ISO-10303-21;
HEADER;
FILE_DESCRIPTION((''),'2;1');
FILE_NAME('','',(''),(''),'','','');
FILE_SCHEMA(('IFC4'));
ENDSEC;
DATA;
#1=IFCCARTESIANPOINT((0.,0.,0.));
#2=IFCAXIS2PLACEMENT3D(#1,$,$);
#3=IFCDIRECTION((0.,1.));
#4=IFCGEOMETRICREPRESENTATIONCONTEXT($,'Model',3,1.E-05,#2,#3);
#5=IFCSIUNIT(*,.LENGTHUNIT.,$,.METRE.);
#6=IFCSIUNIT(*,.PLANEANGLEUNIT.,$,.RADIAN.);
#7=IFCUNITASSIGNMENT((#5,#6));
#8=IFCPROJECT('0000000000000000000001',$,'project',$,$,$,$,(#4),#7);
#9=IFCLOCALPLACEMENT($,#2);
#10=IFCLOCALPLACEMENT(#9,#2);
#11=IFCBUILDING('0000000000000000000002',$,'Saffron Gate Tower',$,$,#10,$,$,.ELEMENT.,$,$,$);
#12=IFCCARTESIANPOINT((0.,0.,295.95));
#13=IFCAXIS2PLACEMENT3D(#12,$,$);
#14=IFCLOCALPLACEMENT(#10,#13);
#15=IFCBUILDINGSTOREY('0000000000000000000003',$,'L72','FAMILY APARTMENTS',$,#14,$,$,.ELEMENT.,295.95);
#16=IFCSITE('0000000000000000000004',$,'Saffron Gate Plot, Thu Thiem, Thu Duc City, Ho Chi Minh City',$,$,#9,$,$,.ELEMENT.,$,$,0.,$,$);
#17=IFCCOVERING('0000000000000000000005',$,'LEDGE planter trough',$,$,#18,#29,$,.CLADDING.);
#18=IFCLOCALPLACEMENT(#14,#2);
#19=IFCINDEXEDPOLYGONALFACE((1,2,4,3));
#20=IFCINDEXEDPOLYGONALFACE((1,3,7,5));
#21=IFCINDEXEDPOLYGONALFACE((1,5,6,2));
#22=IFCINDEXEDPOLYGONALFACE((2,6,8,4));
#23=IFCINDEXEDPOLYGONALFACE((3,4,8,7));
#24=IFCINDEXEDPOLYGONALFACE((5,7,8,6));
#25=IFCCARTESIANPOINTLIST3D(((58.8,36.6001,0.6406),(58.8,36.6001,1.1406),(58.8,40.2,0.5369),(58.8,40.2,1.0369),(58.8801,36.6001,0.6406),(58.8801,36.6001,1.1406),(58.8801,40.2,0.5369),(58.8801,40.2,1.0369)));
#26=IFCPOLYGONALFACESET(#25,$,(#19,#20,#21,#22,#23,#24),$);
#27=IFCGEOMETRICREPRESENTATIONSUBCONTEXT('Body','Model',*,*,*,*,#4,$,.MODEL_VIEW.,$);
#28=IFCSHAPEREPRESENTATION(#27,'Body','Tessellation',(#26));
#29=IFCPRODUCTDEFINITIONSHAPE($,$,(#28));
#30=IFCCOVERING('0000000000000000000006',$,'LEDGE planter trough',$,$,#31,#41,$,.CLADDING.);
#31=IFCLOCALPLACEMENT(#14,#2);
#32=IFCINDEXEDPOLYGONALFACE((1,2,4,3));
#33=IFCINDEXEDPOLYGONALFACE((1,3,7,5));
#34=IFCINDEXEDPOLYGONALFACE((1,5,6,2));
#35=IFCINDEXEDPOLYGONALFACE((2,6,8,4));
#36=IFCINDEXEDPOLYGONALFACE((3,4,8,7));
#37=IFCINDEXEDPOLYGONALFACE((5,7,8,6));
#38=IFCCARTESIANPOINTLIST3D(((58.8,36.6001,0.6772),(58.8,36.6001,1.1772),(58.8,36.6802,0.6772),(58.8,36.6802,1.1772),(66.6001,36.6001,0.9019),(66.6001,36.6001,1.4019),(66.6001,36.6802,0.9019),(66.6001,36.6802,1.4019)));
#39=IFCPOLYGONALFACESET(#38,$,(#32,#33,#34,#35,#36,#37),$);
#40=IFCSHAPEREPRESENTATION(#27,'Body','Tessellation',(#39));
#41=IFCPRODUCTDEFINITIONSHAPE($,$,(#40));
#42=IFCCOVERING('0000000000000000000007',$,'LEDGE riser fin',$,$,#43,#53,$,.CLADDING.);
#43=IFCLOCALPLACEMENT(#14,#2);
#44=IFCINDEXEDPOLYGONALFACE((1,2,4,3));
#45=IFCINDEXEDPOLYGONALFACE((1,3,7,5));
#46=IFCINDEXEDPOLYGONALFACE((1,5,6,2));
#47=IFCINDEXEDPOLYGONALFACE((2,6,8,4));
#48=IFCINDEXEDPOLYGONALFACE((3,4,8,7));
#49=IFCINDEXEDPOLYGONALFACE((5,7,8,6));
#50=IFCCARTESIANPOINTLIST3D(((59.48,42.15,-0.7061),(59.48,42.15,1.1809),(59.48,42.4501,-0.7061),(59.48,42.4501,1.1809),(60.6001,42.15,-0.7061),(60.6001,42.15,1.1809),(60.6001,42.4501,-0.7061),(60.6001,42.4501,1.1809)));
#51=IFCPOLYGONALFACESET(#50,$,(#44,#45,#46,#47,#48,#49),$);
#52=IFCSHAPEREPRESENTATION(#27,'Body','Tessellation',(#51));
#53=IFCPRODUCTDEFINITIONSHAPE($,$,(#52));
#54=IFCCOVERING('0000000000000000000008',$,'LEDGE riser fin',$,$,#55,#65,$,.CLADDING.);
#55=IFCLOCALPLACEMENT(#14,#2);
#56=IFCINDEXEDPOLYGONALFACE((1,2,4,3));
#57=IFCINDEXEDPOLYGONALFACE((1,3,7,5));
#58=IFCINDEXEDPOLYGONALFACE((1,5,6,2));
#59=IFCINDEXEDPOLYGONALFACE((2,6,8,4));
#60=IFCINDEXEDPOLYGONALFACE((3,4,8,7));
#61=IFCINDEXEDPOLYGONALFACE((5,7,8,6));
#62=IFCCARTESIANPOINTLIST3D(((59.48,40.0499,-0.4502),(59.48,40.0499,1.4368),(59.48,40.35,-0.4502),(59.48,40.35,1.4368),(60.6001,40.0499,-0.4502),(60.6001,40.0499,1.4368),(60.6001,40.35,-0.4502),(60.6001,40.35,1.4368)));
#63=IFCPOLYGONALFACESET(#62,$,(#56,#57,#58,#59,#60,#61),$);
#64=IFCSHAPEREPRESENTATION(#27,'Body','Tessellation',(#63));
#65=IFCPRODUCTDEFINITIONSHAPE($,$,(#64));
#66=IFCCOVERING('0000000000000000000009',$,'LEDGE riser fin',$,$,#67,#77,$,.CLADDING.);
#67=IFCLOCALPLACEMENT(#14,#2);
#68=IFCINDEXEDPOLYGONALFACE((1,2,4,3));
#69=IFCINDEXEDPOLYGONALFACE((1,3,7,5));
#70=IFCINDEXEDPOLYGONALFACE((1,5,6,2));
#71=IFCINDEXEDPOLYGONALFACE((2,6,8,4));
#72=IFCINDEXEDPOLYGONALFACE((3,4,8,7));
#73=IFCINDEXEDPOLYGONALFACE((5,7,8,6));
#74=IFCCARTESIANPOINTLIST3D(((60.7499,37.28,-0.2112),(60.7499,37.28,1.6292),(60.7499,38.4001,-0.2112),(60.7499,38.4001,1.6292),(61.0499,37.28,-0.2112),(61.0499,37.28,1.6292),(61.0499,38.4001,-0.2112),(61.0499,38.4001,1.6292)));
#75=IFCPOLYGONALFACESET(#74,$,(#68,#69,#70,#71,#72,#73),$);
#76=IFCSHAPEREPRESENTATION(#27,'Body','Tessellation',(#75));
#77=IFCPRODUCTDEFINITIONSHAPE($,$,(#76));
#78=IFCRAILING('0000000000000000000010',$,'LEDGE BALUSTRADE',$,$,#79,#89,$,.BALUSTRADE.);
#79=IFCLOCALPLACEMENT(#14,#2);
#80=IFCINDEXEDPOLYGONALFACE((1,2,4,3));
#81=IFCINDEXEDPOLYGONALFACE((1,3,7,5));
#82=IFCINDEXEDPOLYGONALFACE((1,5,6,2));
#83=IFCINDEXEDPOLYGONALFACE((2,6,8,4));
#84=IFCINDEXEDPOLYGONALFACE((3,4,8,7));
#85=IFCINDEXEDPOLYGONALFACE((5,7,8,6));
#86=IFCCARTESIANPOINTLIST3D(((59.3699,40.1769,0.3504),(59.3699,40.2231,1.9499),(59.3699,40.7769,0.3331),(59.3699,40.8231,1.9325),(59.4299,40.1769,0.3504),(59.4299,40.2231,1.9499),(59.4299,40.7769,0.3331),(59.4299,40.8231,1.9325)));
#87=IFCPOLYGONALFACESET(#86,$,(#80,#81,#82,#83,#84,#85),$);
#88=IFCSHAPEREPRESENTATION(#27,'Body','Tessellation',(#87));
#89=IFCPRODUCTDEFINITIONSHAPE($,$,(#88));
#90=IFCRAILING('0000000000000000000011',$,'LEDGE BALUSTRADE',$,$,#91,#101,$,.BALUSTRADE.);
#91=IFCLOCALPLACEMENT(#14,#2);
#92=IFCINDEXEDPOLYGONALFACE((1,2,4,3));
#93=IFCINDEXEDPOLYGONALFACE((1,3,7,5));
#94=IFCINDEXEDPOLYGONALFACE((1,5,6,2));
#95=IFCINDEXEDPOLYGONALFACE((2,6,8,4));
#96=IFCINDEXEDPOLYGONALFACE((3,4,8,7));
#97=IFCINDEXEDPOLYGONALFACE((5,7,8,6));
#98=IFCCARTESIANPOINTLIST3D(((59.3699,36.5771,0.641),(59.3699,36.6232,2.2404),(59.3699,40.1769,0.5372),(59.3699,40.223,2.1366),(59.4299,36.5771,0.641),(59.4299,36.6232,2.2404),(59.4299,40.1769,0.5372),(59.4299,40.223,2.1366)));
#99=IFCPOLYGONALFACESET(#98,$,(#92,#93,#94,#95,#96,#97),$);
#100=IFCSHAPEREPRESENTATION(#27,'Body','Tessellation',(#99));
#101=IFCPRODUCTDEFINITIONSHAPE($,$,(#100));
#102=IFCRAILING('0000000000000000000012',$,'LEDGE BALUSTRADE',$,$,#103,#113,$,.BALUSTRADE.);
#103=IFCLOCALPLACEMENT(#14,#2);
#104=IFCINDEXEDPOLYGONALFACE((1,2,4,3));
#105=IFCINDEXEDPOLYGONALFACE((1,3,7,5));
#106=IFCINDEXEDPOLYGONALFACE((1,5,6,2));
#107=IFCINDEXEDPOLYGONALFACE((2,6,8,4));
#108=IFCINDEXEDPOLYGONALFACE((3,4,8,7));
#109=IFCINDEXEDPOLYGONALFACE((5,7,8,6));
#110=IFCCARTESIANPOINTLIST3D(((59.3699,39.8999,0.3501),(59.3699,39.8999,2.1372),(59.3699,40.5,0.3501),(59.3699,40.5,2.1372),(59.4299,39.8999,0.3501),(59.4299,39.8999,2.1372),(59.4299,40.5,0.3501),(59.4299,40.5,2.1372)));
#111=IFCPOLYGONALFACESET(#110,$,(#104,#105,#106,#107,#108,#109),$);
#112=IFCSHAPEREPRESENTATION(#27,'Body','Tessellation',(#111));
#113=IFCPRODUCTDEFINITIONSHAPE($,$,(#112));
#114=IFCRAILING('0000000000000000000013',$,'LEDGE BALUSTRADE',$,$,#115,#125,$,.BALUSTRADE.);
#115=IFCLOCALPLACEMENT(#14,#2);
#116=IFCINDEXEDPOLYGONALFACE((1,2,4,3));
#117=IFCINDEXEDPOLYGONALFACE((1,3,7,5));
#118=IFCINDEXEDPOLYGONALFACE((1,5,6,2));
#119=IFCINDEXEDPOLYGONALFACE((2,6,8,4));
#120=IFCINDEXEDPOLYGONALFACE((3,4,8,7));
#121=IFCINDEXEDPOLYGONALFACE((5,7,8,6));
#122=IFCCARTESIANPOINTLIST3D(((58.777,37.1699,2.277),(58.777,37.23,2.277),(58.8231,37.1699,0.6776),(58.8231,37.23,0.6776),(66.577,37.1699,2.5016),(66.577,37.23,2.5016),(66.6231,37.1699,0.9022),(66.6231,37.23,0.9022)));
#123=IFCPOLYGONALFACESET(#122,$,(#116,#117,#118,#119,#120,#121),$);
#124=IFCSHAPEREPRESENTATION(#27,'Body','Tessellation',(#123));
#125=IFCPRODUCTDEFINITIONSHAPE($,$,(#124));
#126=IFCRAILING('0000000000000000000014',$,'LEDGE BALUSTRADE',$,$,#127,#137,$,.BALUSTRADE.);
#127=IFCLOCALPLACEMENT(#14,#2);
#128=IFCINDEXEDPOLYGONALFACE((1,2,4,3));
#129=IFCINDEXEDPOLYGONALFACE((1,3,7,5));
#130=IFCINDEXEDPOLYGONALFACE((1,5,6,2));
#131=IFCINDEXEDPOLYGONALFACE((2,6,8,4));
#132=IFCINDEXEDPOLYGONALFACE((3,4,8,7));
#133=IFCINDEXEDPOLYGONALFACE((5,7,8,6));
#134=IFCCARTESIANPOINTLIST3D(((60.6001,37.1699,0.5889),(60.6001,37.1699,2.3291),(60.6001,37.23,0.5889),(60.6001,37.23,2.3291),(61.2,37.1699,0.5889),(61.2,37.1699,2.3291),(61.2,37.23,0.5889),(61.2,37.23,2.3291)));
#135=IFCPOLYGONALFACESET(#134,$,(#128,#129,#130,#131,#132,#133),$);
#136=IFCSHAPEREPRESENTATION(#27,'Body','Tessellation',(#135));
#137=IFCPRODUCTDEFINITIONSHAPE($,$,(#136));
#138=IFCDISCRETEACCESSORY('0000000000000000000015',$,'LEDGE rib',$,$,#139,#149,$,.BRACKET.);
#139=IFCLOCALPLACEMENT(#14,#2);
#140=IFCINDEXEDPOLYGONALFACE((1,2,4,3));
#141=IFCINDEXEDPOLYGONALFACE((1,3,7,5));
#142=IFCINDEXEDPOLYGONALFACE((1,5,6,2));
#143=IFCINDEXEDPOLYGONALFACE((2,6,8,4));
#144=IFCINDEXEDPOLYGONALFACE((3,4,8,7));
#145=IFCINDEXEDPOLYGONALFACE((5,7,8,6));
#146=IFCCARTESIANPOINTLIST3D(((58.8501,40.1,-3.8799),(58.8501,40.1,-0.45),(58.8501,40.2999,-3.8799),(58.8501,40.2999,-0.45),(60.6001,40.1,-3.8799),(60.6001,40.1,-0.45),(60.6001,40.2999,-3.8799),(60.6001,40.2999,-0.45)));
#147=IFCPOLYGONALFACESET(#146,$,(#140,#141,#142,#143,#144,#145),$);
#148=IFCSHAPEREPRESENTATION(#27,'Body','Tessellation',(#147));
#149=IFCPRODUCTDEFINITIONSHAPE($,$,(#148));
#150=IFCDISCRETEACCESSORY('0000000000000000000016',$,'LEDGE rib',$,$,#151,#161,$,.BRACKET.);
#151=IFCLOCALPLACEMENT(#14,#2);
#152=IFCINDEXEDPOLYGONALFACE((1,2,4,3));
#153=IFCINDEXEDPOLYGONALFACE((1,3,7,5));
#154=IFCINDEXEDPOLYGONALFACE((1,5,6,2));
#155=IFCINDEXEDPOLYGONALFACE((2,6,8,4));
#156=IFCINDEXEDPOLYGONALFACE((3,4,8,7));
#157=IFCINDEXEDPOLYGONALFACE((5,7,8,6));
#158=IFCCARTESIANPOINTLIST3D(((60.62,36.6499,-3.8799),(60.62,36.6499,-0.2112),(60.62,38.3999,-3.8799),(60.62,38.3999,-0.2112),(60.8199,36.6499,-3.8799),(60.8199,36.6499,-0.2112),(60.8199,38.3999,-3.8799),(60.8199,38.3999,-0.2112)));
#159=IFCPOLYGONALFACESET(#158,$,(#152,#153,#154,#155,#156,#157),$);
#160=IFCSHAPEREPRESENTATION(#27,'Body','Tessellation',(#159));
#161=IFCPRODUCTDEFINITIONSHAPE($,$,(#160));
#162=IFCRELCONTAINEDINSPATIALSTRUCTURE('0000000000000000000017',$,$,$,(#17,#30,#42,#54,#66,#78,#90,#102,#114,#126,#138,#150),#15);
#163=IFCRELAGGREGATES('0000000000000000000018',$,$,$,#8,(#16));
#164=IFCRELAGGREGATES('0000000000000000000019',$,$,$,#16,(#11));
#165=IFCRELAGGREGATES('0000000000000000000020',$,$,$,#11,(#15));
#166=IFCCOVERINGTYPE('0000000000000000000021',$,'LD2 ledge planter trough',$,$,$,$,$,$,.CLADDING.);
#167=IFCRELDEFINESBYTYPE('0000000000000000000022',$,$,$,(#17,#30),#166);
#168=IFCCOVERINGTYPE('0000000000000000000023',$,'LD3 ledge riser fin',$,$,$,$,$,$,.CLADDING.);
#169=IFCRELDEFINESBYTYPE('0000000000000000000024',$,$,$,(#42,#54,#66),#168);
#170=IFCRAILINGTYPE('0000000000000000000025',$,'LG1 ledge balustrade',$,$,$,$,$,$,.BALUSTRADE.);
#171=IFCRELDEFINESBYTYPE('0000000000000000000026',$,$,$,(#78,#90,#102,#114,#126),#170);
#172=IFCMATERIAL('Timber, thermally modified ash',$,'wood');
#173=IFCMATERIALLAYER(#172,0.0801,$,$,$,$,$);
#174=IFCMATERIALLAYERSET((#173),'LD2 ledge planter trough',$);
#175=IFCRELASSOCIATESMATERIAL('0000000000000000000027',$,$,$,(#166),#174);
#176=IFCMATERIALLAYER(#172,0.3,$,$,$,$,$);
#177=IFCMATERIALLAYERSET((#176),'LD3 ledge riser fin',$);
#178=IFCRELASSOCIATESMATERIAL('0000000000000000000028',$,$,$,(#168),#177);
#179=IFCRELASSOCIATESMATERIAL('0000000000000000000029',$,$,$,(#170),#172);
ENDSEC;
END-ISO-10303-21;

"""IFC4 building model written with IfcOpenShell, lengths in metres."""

from ifc_helpers import new_model, si_unit, direction, frame, origin, origin_2d, place, context, subcontext, project, spatial, polyline, rectangle, outline, extrude, material, layer, layer_set, type_object, element, save


model = new_model("IFC4")

# Units and contexts
model_context = context("Model", 3, precision=1e-05, world=origin(), true_north=direction((0.0, 1.0)))
body_context = subcontext(model_context, "Body", "Model", "MODEL_VIEW")
ifc_project = project(units=[si_unit("LENGTHUNIT", "METRE"), si_unit("PLANEANGLEUNIT", "RADIAN")], contexts=[model_context])

# Site, building, storey
site_placement = place(None, origin())
site = spatial("IfcSite", under=ifc_project, at=site_placement, Name="Saffron Gate Plot, Thu Thiem, Thu Duc City, Ho Chi Minh City", CompositionType="ELEMENT", RefElevation=0.0)
building_placement = place(site_placement, origin())
building = spatial("IfcBuilding", under=site, at=building_placement, Name="Saffron Gate Tower", CompositionType="ELEMENT")
storey_placement = place(building_placement, frame((0.0, 0.0, 295.95)))
storey = spatial("IfcBuildingStorey", under=building, at=storey_placement, Name="L72", Description="FAMILY APARTMENTS", CompositionType="ELEMENT", Elevation=295.95)

# Coverings
ifc_material_1 = material(Name="Timber, thermally modified ash", Category="wood")
ifc_layer_1 = layer(ifc_material_1, 0.0801)
ifc_layer_set_1 = layer_set([ifc_layer_1], Name="LD2 ledge planter trough")
covering_type_1 = type_object("IfcCoveringType", Name="LD2 ledge planter trough", PredefinedType="CLADDING", material=ifc_layer_set_1)
covering_1_placement = place(storey_placement, frame((58.8, 40.2, 0.5369), z_axis=(-1.0, 0.0, 0.0), x_axis=(0.0, -0.999585, 0.028811)))
element("IfcCovering", 1, at=covering_1_placement, inside=storey, type_object=covering_type_1, Name="LEDGE planter trough", PredefinedType="CLADDING", context=body_context, shape_type="SweptSolid", body=[
    extrude(outline(polyline([(0.0, 0.0), (3.6013, 0.0), (3.6158, 0.4998), (0.0144, 0.4998), (0.0, 0.0)])), origin(), (0.0, 0.0, -1.0), 0.0801),
])
covering_2_placement = place(storey_placement, frame((58.8, 36.6001, 0.6772), z_axis=(0.0, -1.0, 0.0), x_axis=(0.999586, 0.0, 0.028784)))
element("IfcCovering", 2, at=covering_2_placement, inside=storey, type_object=covering_type_1, Name="LEDGE planter trough", PredefinedType="CLADDING", context=body_context, shape_type="SweptSolid", body=[
    extrude(outline(polyline([(0.0, 0.0), (7.8033, 0.0), (7.8177, 0.4998), (0.0144, 0.4998), (0.0, 0.0)])), origin(), (0.0, 0.0, -1.0), 0.0801),
])
ifc_layer_2 = layer(ifc_material_1, 0.3)
ifc_layer_set_2 = layer_set([ifc_layer_2], Name="LD3 ledge riser fin")
covering_type_2 = type_object("IfcCoveringType", Name="LD3 ledge riser fin", PredefinedType="CLADDING", material=ifc_layer_set_2)
for number, where, z_axis, x_axis, name in (
    (3, (60.04, 42.3, -0.7061), (0.0, 0.0, 1.0), (0.0, -1.0, 0.0), "LEDGE riser fin"),
    (4, (60.04, 40.2, -0.4502), (0.0, 0.0, 1.0), (0.0, -1.0, 0.0), "LEDGE riser fin"),
):
    element("IfcCovering", number, at=place(storey_placement, frame(where, z_axis=z_axis, x_axis=x_axis)), inside=storey, type_object=covering_type_2, Name=name, PredefinedType="CLADDING", context=body_context, shape_type="SweptSolid", body=[
        extrude(rectangle(XDim=0.3, YDim=1.1201, at=origin_2d()), origin(), (0.0, 0.0, 1.0), 1.887),
    ])
covering_3_placement = place(storey_placement, frame((60.8999, 37.8401, -0.2112), z_axis=(0.0, 0.0, 1.0), x_axis=(1.0, 0.0, 0.0)))
element("IfcCovering", 5, at=covering_3_placement, inside=storey, type_object=covering_type_2, Name="LEDGE riser fin", PredefinedType="CLADDING", context=body_context, shape_type="SweptSolid", body=[
    extrude(rectangle(XDim=0.3, YDim=1.1201, at=origin_2d()), origin(), (0.0, 0.0, 1.0), 1.8403),
])

# Railings
railing_type = type_object("IfcRailingType", Name="LG1 ledge balustrade", PredefinedType="BALUSTRADE", material=ifc_material_1)
railing_1_placement = place(storey_placement, frame((59.3999, 40.8, 0.3328)))
element("IfcRailing", 6, at=railing_1_placement, inside=storey, type_object=railing_type, Name="LEDGE BALUSTRADE", PredefinedType="BALUSTRADE", context=body_context, shape_type="SweptSolid", body=[
    extrude(rectangle(XDim=0.0601, YDim=1.6001, at=origin_2d()), frame((0.0, 0.0, 0.8), z_axis=(0.0, -0.999583, 0.028873), x_axis=(1.0, 0.0, 0.0)), (0.0, 0.0, 1.0), 0.6003),
])
railing_2_placement = place(storey_placement, frame((59.3999, 40.2, 0.5369)))
element("IfcRailing", 7, at=railing_2_placement, inside=storey, type_object=railing_type, Name="LEDGE BALUSTRADE", PredefinedType="BALUSTRADE", context=body_context, shape_type="SweptSolid", body=[
    extrude(rectangle(XDim=0.0601, YDim=1.6001, at=origin_2d()), frame((0.0, 0.0, 0.8), z_axis=(0.0, -0.999585, 0.028811), x_axis=(1.0, 0.0, 0.0)), (0.0, 0.0, 1.0), 3.6013),
])
railing_3_placement = place(storey_placement, frame((59.3999, 40.5, 0.3501)))
element("IfcRailing", 8, at=railing_3_placement, inside=storey, type_object=railing_type, Name="LEDGE BALUSTRADE", PredefinedType="BALUSTRADE", context=body_context, shape_type="SweptSolid", body=[
    extrude(rectangle(XDim=0.0601, YDim=1.7871, at=origin_2d()), frame((0.0, 0.0, 0.8936), z_axis=(0.0, -1.0, 0.0), x_axis=(1.0, 0.0, 0.0)), (0.0, 0.0, 1.0), 0.6001),
])
railing_4_placement = place(storey_placement, frame((58.8, 37.2, 0.6772)))
element("IfcRailing", 9, at=railing_4_placement, inside=storey, type_object=railing_type, Name="LEDGE BALUSTRADE", PredefinedType="BALUSTRADE", context=body_context, shape_type="SweptSolid", body=[
    extrude(rectangle(XDim=0.0601, YDim=1.6001, at=origin_2d()), frame((0.0, 0.0, 0.8), z_axis=(0.999586, 0.0, 0.028784), x_axis=(0.0, 1.0, 0.0)), (0.0, 0.0, 1.0), 7.8032),
])
railing_5_placement = place(storey_placement, frame((60.6001, 37.2, 0.5889)))
element("IfcRailing", 10, at=railing_5_placement, inside=storey, type_object=railing_type, Name="LEDGE BALUSTRADE", PredefinedType="BALUSTRADE", context=body_context, shape_type="SweptSolid", body=[
    extrude(rectangle(XDim=0.0601, YDim=1.7402, at=origin_2d()), frame((0.0, 0.0, 0.8701), z_axis=(1.0, 0.0, 0.0), x_axis=(0.0, 1.0, 0.0)), (0.0, 0.0, 1.0), 0.5999),
])

# Discrete accessories
discrete_accessory_1_placement = place(storey_placement, frame((59.7251, 40.2, -3.8799), z_axis=(0.0, 0.0, 1.0), x_axis=(0.0, -1.0, 0.0)))
element("IfcDiscreteAccessory", 11, at=discrete_accessory_1_placement, inside=storey, Name="LEDGE rib", PredefinedType="BRACKET", context=body_context, shape_type="SweptSolid", body=[
    extrude(rectangle(XDim=0.2, YDim=1.75, at=origin_2d()), origin(), (0.0, 0.0, 1.0), 3.4299),
])
discrete_accessory_2_placement = place(storey_placement, frame((60.72, 37.5249, -3.8799), z_axis=(0.0, 0.0, 1.0), x_axis=(1.0, 0.0, 0.0)))
element("IfcDiscreteAccessory", 12, at=discrete_accessory_2_placement, inside=storey, Name="LEDGE rib", PredefinedType="BRACKET", context=body_context, shape_type="SweptSolid", body=[
    extrude(rectangle(XDim=0.2, YDim=1.75, at=origin_2d()), origin(), (0.0, 0.0, 1.0), 3.6687),
])

save(model, "model.ifc")
